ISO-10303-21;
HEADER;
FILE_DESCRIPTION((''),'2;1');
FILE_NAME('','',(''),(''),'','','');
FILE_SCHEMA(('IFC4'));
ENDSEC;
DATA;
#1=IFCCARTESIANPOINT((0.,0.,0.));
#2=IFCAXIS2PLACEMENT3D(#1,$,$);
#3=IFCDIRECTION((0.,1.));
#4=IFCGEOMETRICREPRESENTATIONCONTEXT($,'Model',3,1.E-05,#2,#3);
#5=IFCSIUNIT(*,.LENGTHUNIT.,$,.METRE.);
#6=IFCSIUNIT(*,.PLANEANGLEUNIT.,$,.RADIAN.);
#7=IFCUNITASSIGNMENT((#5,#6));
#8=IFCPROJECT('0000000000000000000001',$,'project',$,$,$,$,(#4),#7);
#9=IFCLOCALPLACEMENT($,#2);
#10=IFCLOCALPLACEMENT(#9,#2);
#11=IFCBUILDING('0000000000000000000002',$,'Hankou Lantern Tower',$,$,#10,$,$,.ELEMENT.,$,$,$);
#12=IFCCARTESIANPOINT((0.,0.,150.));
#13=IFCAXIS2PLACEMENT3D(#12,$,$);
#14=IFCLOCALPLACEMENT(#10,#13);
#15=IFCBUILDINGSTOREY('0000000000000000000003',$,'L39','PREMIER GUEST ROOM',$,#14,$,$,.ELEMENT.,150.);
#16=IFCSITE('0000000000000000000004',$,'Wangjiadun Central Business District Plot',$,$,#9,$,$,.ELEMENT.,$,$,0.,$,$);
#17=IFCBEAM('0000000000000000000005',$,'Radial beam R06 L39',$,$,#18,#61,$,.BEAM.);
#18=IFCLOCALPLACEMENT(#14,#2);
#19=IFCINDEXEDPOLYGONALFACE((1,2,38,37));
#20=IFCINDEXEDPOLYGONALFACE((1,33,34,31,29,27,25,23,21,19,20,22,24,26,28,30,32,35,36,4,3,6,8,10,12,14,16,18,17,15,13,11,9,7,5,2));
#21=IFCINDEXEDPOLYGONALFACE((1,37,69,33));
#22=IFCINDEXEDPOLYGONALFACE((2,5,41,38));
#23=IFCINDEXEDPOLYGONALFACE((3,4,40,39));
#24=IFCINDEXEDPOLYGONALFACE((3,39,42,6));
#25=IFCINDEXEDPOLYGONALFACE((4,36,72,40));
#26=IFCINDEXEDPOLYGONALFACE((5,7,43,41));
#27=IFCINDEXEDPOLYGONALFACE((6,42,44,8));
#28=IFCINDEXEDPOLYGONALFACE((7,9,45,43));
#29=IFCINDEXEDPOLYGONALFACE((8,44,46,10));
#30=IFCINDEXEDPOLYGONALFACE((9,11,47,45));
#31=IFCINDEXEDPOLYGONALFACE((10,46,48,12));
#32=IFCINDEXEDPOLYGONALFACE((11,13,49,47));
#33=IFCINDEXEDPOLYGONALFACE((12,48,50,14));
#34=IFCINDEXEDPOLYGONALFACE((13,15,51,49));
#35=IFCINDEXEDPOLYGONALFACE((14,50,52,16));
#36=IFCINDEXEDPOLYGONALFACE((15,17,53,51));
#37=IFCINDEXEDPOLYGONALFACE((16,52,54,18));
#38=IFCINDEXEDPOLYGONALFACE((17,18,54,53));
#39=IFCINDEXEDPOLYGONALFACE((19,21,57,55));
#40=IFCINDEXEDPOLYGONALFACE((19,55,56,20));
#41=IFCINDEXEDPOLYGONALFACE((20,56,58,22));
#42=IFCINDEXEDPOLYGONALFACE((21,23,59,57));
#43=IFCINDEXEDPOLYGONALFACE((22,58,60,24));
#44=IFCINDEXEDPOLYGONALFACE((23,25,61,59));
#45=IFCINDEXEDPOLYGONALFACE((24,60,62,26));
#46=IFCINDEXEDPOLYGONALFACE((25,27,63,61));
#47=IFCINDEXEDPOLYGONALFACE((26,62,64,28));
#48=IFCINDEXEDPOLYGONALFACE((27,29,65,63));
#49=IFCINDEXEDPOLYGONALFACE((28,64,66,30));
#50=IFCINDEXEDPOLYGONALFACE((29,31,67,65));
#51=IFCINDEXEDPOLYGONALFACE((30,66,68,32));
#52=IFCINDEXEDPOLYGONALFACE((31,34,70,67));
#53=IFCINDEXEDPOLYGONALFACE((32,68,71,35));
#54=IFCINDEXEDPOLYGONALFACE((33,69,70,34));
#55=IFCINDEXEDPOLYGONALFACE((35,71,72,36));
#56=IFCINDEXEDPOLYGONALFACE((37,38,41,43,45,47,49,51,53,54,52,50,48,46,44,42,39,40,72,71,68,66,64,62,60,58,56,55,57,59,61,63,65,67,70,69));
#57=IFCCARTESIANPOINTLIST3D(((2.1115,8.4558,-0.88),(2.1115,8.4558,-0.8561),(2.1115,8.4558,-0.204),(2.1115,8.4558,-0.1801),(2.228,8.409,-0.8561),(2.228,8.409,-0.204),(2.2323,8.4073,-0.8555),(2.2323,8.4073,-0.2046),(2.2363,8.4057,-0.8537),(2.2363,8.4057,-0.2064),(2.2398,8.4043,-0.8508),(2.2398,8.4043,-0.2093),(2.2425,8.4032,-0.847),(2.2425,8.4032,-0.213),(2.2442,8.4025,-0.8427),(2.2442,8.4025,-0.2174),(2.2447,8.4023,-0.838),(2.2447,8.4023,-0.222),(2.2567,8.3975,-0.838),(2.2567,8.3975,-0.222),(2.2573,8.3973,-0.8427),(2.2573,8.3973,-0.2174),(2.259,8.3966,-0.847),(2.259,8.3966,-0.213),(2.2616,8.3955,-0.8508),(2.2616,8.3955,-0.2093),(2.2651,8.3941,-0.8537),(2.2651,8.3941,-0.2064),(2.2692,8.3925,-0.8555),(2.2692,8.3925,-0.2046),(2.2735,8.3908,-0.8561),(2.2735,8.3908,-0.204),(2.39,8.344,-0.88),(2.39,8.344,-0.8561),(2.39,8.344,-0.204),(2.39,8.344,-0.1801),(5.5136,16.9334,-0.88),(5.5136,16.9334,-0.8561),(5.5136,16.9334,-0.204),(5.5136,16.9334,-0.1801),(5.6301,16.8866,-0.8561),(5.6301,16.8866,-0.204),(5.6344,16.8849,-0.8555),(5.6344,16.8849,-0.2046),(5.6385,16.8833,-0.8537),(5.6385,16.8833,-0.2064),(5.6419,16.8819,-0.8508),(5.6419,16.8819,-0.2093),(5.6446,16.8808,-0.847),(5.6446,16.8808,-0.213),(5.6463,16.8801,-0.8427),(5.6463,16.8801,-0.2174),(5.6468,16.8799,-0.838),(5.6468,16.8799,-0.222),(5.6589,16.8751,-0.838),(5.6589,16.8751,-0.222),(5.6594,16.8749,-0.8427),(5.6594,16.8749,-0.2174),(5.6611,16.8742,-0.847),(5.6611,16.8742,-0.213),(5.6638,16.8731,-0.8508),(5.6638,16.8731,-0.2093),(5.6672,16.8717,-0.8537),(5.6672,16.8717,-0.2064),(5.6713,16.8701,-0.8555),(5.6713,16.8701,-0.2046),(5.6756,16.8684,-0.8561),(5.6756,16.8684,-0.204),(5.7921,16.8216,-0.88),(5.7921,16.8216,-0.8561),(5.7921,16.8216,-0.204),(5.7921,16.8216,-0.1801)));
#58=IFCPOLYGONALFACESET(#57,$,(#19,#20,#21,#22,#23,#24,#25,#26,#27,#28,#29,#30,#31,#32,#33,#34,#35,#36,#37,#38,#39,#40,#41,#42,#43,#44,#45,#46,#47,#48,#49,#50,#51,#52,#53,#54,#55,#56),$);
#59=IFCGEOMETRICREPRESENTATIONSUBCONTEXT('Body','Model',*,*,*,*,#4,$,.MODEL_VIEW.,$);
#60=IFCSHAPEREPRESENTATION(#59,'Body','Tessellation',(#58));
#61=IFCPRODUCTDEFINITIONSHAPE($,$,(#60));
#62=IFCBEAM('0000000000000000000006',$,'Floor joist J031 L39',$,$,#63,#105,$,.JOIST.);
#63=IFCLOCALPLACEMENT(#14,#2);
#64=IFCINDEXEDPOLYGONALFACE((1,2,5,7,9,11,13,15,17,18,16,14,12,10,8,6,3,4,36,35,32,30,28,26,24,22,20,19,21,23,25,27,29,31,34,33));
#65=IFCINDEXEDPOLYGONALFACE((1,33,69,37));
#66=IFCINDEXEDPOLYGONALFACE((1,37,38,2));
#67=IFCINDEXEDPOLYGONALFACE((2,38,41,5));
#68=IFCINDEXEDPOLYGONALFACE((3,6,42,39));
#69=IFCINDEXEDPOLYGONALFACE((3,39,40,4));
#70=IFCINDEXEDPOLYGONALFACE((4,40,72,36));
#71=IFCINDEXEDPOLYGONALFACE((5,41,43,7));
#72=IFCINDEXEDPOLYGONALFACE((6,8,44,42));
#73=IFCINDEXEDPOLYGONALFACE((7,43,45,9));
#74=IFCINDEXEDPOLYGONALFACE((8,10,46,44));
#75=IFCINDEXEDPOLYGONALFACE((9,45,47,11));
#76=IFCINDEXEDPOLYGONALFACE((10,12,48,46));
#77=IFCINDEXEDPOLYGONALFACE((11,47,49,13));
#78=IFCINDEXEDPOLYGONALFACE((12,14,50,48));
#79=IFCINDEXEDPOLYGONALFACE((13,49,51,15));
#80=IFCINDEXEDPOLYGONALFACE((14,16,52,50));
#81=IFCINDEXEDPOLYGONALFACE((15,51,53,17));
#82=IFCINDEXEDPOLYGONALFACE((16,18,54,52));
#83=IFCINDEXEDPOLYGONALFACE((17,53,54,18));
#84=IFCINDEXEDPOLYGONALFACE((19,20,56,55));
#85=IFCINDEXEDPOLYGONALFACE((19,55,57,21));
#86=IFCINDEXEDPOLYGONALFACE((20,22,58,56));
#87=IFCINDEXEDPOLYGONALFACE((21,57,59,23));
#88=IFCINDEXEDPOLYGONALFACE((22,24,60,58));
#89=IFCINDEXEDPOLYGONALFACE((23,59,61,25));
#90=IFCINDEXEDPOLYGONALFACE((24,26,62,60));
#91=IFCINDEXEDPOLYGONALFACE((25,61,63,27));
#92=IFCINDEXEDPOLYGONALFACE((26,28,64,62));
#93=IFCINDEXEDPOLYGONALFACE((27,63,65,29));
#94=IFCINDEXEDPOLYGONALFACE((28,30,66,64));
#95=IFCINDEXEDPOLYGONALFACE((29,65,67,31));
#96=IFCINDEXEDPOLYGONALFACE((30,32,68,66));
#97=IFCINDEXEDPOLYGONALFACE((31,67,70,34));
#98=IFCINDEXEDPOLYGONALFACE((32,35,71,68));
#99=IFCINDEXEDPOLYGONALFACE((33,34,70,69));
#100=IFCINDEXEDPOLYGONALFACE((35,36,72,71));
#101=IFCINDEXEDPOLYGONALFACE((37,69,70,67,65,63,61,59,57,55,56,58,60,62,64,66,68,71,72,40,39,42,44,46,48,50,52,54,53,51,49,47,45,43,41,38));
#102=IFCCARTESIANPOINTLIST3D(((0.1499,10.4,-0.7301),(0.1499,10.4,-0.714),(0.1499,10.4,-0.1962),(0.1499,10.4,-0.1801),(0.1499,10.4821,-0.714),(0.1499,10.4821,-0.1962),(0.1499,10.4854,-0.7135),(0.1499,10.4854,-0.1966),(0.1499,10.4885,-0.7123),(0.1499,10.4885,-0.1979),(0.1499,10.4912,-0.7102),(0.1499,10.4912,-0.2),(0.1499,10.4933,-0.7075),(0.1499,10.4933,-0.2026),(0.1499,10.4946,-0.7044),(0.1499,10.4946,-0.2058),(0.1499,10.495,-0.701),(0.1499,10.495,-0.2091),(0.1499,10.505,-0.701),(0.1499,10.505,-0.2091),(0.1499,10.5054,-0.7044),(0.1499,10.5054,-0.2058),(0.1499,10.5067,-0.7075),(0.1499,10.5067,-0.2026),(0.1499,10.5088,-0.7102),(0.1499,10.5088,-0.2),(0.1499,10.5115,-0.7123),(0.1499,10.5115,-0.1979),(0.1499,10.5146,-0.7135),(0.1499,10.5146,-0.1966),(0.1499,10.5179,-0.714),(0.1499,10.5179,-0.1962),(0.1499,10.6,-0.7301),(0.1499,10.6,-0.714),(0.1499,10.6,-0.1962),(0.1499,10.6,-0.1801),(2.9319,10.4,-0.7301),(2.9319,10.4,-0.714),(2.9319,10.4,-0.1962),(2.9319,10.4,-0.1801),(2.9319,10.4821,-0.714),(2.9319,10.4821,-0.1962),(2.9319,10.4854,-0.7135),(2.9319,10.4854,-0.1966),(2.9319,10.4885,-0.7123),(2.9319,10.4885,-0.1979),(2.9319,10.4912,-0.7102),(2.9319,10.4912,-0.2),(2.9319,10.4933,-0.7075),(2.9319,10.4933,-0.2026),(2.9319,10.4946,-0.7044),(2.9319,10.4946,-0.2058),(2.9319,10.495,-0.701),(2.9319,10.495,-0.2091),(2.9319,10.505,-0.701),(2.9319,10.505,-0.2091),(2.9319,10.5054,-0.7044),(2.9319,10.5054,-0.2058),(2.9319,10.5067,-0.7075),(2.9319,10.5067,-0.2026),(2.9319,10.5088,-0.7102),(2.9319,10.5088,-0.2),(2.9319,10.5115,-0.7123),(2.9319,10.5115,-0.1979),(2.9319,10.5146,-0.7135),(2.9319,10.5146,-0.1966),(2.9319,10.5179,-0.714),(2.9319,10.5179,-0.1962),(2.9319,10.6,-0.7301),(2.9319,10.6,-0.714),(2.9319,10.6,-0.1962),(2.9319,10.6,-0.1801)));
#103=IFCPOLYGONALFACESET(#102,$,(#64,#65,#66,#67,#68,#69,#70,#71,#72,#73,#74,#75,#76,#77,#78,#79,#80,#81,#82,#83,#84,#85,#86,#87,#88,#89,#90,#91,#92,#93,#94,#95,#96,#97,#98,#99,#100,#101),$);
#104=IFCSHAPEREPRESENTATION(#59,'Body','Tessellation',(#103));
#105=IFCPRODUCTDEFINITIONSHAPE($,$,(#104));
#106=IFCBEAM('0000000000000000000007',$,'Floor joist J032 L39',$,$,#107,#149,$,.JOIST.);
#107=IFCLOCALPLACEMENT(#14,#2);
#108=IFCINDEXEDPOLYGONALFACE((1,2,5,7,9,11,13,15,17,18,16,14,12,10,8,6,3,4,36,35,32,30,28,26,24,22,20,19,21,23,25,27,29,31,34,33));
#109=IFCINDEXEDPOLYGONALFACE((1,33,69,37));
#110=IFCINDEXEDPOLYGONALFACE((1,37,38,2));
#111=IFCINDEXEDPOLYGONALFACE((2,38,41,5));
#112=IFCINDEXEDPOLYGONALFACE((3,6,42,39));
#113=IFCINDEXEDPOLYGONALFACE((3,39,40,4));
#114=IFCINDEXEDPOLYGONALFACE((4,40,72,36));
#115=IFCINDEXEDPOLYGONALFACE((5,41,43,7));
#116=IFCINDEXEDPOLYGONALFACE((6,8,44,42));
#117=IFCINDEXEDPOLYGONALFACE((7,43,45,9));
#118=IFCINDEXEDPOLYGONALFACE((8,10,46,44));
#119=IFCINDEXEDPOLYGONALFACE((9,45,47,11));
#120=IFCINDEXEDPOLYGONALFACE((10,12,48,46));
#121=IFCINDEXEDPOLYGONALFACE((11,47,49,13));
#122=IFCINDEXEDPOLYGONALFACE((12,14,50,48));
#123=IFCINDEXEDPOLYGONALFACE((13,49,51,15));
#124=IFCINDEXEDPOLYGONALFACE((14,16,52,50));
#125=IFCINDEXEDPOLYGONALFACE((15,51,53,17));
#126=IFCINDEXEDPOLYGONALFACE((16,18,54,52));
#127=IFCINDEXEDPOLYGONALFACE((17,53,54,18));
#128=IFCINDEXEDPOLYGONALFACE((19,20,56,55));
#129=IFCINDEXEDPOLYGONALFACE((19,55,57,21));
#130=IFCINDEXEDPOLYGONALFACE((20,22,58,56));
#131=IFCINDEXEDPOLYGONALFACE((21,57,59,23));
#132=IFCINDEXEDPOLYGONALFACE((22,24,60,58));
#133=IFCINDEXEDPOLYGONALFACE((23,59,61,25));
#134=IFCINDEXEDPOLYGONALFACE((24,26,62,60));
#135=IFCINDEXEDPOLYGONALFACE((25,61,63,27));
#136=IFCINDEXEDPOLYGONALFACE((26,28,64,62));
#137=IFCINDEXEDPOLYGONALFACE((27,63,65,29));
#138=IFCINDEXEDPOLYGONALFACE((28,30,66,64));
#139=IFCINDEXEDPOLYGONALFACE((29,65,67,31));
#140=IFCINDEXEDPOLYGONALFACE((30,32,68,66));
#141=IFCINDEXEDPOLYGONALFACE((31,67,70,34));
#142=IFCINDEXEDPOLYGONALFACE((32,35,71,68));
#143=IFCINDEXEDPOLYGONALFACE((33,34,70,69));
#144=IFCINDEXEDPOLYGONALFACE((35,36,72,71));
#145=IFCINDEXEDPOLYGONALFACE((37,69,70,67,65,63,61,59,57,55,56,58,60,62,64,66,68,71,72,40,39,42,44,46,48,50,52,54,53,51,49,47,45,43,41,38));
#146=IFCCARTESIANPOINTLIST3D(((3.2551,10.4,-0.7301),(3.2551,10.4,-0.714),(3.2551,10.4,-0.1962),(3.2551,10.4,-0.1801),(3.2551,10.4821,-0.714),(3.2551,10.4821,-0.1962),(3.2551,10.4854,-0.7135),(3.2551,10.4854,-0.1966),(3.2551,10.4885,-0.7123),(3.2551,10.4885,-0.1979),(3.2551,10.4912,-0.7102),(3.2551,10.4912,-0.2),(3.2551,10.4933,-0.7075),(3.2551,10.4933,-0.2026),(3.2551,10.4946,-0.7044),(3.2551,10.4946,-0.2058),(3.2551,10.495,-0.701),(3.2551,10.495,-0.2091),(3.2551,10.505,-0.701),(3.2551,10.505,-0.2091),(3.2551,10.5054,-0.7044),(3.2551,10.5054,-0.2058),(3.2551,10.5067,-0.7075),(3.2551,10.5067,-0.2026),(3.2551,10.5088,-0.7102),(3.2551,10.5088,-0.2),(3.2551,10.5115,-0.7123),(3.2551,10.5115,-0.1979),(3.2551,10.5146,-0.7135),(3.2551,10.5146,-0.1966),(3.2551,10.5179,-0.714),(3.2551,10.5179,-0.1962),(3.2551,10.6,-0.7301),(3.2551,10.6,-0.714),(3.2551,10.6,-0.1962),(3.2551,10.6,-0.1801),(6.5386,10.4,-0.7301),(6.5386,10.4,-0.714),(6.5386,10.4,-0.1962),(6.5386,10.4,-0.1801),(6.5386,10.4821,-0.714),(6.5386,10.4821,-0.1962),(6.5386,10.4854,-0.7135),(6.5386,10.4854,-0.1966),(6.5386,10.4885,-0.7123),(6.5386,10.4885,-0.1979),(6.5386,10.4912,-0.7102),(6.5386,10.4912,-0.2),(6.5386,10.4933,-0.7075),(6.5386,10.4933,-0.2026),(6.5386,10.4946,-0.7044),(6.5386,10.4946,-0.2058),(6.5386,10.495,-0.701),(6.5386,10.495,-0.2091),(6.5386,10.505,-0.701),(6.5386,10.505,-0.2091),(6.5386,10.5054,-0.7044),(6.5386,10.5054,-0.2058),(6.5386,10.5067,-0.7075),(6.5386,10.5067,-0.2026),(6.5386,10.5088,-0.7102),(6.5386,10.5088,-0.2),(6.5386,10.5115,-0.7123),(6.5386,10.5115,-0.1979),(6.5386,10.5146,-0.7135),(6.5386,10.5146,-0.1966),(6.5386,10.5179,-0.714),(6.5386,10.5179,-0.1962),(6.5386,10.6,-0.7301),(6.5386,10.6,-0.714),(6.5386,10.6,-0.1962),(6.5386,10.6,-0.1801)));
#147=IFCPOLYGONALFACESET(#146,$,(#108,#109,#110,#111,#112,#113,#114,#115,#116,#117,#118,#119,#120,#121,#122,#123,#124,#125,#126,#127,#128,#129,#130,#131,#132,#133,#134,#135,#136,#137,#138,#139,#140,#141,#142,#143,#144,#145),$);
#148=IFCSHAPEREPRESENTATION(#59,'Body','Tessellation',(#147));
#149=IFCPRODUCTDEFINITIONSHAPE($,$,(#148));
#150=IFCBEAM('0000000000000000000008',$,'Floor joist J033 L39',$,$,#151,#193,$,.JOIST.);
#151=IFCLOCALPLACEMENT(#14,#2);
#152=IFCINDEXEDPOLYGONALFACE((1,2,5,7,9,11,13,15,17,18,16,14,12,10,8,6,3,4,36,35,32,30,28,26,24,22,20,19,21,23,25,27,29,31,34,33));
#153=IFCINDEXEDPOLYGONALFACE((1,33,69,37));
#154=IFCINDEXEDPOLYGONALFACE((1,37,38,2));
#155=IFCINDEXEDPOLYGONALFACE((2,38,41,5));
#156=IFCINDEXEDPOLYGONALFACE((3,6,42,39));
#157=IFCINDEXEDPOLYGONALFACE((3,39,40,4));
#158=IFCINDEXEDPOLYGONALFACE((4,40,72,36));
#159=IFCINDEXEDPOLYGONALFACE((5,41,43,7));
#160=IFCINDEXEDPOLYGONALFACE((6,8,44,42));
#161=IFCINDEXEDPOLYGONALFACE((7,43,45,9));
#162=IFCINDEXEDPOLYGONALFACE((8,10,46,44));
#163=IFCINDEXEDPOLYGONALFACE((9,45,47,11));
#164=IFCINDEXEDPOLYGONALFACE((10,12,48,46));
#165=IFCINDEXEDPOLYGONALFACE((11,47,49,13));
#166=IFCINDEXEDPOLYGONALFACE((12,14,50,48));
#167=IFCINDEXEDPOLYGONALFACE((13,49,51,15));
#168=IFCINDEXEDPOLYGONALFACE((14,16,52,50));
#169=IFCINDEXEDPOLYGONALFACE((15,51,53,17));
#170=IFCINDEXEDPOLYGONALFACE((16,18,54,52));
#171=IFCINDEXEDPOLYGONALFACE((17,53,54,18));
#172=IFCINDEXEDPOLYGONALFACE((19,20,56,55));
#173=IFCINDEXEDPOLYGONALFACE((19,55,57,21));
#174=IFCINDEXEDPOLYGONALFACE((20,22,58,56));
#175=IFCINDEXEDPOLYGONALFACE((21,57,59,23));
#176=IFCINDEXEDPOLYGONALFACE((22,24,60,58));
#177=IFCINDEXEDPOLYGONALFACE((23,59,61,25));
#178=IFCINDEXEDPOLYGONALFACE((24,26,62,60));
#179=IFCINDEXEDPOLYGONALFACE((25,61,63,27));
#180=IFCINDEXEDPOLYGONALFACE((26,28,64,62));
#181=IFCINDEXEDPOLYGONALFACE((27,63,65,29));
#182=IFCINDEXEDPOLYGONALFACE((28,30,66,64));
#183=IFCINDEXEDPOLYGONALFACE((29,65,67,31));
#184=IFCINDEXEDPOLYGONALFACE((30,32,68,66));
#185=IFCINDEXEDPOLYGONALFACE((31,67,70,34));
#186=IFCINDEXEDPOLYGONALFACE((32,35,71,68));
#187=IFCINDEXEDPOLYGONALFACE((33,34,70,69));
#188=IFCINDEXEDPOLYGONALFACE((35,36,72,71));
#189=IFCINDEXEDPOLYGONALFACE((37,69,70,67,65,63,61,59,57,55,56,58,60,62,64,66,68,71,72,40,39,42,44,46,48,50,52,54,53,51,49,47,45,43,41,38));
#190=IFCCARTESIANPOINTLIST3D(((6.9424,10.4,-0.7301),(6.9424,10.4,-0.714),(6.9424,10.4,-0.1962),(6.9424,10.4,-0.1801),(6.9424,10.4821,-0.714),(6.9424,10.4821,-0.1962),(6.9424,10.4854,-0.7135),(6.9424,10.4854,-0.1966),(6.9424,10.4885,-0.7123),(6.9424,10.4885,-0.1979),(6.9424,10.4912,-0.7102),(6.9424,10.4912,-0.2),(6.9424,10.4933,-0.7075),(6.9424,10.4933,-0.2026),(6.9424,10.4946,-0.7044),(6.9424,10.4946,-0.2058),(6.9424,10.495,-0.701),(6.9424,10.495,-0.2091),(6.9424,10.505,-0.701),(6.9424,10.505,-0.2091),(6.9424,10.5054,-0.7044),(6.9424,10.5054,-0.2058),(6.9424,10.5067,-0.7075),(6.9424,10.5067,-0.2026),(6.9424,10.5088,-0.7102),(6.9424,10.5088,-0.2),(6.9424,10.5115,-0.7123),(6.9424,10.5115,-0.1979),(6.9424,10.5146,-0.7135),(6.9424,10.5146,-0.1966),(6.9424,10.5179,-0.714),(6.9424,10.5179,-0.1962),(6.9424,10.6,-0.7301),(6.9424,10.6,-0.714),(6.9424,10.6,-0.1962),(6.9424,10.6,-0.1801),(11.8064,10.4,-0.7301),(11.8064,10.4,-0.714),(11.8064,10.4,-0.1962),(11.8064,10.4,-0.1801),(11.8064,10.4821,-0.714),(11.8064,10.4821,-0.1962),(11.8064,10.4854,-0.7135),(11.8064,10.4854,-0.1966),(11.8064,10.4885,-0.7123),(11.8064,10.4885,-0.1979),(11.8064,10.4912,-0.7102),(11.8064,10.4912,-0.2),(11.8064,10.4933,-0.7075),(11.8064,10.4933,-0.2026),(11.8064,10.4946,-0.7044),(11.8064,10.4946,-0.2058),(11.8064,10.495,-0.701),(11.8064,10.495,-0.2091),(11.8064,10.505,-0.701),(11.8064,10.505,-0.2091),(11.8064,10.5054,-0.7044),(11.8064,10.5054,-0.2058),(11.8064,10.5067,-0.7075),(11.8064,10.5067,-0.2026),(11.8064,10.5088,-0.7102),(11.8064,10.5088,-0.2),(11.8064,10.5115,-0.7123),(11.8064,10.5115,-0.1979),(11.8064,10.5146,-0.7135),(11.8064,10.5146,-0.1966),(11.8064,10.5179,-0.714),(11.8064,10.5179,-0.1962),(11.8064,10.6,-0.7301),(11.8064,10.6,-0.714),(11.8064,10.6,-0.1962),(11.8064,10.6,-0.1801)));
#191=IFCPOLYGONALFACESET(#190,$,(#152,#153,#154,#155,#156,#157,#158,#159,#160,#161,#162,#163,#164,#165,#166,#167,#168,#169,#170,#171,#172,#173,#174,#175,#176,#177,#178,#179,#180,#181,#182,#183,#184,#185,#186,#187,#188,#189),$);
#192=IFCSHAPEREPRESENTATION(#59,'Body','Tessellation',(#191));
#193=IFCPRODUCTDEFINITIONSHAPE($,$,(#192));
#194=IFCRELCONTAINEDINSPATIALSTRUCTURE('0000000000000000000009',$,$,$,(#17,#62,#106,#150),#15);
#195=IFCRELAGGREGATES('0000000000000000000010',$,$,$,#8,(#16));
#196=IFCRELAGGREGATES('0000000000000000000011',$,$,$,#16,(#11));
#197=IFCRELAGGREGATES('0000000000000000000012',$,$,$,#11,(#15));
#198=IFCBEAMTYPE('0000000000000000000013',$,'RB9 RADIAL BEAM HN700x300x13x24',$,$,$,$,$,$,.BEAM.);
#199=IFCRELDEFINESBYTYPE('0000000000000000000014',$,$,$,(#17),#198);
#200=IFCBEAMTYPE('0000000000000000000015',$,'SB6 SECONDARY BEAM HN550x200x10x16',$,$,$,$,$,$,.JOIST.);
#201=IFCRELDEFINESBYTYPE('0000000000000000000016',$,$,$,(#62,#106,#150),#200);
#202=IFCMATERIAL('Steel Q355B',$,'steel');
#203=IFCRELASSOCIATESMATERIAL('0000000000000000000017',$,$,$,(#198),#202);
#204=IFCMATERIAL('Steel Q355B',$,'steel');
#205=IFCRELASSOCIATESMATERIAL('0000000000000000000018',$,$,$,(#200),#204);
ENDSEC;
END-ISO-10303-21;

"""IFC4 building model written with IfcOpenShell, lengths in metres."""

from ifc_helpers import new_model, si_unit, direction, frame, origin, origin_2d, place, context, subcontext, project, spatial, i_section, extrude, material, material_profile, profile_set, type_object, element, save


model = new_model("IFC4")

# Units and contexts
model_context = context("Model", 3, precision=1e-05, world=origin(), true_north=direction((0.0, 1.0)))
body_context = subcontext(model_context, "Body", "Model", "MODEL_VIEW")
ifc_project = project(units=[si_unit("LENGTHUNIT", "METRE"), si_unit("PLANEANGLEUNIT", "RADIAN")], contexts=[model_context])

# Site, building, storey
site_placement = place(None, origin())
site = spatial("IfcSite", under=ifc_project, at=site_placement, Name="Wangjiadun Central Business District Plot", CompositionType="ELEMENT", RefElevation=0.0)
building_placement = place(site_placement, origin())
building = spatial("IfcBuilding", under=site, at=building_placement, Name="Hankou Lantern Tower", CompositionType="ELEMENT")
storey_placement = place(building_placement, frame((0.0, 0.0, 150.0)))
storey = spatial("IfcBuildingStorey", under=building, at=storey_placement, Name="L39", Description="PREMIER GUEST ROOM", CompositionType="ELEMENT", Elevation=150.0)

# Beams
ifc_material_1 = material(Name="Steel Q355B", Category="steel")
ifc_material_profile_1 = material_profile(ifc_material_1, i_section(OverallWidth=0.3, OverallDepth=0.7, WebThickness=0.0129, FlangeThickness=0.0239, FilletRadius=0.0181, at=origin_2d()), Name="HN700x300x13x24")
ifc_profile_set_1 = profile_set([ifc_material_profile_1], Name="Steel Q355B")
beam_type_1 = type_object("IfcBeamType", Name="RB9 RADIAL BEAM HN700x300x13x24", PredefinedType="BEAM", material=ifc_profile_set_1)
beam_1_placement = place(storey_placement, frame((2.2507, 8.3999, -0.53), z_axis=(0.372436, 0.928058, 0.0), x_axis=(-0.928058, 0.372436, 0.0)))
element("IfcBeam", 1, at=beam_1_placement, inside=storey, type_object=beam_type_1, Name="Radial beam R06 L39", PredefinedType="BEAM", context=body_context, shape_type="SweptSolid", body=[
    extrude(i_section(OverallWidth=0.3, OverallDepth=0.7, WebThickness=0.0129, FlangeThickness=0.0239, FilletRadius=0.0181, at=origin_2d()), origin(), (0.0, 0.0, 1.0), 9.1348),
])
ifc_material_2 = material(Name="Steel Q355B", Category="steel")
ifc_material_profile_2 = material_profile(ifc_material_2, i_section(OverallWidth=0.2, OverallDepth=0.55, WebThickness=0.01, FlangeThickness=0.0161, FilletRadius=0.0129, at=origin_2d()), Name="HN550x200x10x16")
ifc_profile_set_2 = profile_set([ifc_material_profile_2], Name="Steel Q355B")
beam_type_2 = type_object("IfcBeamType", Name="SB6 SECONDARY BEAM HN550x200x10x16", PredefinedType="JOIST", material=ifc_profile_set_2)
beam_2_placement = place(storey_placement, frame((0.1499, 10.5, -0.4551), z_axis=(1.0, 0.0, 0.0), x_axis=(0.0, 1.0, 0.0)))
element("IfcBeam", 2, at=beam_2_placement, inside=storey, type_object=beam_type_2, Name="Floor joist J031 L39", PredefinedType="JOIST", context=body_context, shape_type="SweptSolid", body=[
    extrude(i_section(OverallWidth=0.2, OverallDepth=0.55, WebThickness=0.01, FlangeThickness=0.0161, FilletRadius=0.0129, at=origin_2d()), origin(), (0.0, 0.0, 1.0), 2.782),
])
beam_3_placement = place(storey_placement, frame((3.2551, 10.5, -0.4551), z_axis=(1.0, 0.0, 0.0), x_axis=(0.0, 1.0, 0.0)))
element("IfcBeam", 3, at=beam_3_placement, inside=storey, type_object=beam_type_2, Name="Floor joist J032 L39", PredefinedType="JOIST", context=body_context, shape_type="SweptSolid", body=[
    extrude(i_section(OverallWidth=0.2, OverallDepth=0.55, WebThickness=0.01, FlangeThickness=0.0161, FilletRadius=0.0129, at=origin_2d()), origin(), (0.0, 0.0, 1.0), 3.2834),
])
beam_4_placement = place(storey_placement, frame((6.9424, 10.5, -0.4551), z_axis=(1.0, 0.0, 0.0), x_axis=(0.0, 1.0, 0.0)))
element("IfcBeam", 4, at=beam_4_placement, inside=storey, type_object=beam_type_2, Name="Floor joist J033 L39", PredefinedType="JOIST", context=body_context, shape_type="SweptSolid", body=[
    extrude(i_section(OverallWidth=0.2, OverallDepth=0.55, WebThickness=0.01, FlangeThickness=0.0161, FilletRadius=0.0129, at=origin_2d()), origin(), (0.0, 0.0, 1.0), 4.864),
])

save(model, "model.ifc")
